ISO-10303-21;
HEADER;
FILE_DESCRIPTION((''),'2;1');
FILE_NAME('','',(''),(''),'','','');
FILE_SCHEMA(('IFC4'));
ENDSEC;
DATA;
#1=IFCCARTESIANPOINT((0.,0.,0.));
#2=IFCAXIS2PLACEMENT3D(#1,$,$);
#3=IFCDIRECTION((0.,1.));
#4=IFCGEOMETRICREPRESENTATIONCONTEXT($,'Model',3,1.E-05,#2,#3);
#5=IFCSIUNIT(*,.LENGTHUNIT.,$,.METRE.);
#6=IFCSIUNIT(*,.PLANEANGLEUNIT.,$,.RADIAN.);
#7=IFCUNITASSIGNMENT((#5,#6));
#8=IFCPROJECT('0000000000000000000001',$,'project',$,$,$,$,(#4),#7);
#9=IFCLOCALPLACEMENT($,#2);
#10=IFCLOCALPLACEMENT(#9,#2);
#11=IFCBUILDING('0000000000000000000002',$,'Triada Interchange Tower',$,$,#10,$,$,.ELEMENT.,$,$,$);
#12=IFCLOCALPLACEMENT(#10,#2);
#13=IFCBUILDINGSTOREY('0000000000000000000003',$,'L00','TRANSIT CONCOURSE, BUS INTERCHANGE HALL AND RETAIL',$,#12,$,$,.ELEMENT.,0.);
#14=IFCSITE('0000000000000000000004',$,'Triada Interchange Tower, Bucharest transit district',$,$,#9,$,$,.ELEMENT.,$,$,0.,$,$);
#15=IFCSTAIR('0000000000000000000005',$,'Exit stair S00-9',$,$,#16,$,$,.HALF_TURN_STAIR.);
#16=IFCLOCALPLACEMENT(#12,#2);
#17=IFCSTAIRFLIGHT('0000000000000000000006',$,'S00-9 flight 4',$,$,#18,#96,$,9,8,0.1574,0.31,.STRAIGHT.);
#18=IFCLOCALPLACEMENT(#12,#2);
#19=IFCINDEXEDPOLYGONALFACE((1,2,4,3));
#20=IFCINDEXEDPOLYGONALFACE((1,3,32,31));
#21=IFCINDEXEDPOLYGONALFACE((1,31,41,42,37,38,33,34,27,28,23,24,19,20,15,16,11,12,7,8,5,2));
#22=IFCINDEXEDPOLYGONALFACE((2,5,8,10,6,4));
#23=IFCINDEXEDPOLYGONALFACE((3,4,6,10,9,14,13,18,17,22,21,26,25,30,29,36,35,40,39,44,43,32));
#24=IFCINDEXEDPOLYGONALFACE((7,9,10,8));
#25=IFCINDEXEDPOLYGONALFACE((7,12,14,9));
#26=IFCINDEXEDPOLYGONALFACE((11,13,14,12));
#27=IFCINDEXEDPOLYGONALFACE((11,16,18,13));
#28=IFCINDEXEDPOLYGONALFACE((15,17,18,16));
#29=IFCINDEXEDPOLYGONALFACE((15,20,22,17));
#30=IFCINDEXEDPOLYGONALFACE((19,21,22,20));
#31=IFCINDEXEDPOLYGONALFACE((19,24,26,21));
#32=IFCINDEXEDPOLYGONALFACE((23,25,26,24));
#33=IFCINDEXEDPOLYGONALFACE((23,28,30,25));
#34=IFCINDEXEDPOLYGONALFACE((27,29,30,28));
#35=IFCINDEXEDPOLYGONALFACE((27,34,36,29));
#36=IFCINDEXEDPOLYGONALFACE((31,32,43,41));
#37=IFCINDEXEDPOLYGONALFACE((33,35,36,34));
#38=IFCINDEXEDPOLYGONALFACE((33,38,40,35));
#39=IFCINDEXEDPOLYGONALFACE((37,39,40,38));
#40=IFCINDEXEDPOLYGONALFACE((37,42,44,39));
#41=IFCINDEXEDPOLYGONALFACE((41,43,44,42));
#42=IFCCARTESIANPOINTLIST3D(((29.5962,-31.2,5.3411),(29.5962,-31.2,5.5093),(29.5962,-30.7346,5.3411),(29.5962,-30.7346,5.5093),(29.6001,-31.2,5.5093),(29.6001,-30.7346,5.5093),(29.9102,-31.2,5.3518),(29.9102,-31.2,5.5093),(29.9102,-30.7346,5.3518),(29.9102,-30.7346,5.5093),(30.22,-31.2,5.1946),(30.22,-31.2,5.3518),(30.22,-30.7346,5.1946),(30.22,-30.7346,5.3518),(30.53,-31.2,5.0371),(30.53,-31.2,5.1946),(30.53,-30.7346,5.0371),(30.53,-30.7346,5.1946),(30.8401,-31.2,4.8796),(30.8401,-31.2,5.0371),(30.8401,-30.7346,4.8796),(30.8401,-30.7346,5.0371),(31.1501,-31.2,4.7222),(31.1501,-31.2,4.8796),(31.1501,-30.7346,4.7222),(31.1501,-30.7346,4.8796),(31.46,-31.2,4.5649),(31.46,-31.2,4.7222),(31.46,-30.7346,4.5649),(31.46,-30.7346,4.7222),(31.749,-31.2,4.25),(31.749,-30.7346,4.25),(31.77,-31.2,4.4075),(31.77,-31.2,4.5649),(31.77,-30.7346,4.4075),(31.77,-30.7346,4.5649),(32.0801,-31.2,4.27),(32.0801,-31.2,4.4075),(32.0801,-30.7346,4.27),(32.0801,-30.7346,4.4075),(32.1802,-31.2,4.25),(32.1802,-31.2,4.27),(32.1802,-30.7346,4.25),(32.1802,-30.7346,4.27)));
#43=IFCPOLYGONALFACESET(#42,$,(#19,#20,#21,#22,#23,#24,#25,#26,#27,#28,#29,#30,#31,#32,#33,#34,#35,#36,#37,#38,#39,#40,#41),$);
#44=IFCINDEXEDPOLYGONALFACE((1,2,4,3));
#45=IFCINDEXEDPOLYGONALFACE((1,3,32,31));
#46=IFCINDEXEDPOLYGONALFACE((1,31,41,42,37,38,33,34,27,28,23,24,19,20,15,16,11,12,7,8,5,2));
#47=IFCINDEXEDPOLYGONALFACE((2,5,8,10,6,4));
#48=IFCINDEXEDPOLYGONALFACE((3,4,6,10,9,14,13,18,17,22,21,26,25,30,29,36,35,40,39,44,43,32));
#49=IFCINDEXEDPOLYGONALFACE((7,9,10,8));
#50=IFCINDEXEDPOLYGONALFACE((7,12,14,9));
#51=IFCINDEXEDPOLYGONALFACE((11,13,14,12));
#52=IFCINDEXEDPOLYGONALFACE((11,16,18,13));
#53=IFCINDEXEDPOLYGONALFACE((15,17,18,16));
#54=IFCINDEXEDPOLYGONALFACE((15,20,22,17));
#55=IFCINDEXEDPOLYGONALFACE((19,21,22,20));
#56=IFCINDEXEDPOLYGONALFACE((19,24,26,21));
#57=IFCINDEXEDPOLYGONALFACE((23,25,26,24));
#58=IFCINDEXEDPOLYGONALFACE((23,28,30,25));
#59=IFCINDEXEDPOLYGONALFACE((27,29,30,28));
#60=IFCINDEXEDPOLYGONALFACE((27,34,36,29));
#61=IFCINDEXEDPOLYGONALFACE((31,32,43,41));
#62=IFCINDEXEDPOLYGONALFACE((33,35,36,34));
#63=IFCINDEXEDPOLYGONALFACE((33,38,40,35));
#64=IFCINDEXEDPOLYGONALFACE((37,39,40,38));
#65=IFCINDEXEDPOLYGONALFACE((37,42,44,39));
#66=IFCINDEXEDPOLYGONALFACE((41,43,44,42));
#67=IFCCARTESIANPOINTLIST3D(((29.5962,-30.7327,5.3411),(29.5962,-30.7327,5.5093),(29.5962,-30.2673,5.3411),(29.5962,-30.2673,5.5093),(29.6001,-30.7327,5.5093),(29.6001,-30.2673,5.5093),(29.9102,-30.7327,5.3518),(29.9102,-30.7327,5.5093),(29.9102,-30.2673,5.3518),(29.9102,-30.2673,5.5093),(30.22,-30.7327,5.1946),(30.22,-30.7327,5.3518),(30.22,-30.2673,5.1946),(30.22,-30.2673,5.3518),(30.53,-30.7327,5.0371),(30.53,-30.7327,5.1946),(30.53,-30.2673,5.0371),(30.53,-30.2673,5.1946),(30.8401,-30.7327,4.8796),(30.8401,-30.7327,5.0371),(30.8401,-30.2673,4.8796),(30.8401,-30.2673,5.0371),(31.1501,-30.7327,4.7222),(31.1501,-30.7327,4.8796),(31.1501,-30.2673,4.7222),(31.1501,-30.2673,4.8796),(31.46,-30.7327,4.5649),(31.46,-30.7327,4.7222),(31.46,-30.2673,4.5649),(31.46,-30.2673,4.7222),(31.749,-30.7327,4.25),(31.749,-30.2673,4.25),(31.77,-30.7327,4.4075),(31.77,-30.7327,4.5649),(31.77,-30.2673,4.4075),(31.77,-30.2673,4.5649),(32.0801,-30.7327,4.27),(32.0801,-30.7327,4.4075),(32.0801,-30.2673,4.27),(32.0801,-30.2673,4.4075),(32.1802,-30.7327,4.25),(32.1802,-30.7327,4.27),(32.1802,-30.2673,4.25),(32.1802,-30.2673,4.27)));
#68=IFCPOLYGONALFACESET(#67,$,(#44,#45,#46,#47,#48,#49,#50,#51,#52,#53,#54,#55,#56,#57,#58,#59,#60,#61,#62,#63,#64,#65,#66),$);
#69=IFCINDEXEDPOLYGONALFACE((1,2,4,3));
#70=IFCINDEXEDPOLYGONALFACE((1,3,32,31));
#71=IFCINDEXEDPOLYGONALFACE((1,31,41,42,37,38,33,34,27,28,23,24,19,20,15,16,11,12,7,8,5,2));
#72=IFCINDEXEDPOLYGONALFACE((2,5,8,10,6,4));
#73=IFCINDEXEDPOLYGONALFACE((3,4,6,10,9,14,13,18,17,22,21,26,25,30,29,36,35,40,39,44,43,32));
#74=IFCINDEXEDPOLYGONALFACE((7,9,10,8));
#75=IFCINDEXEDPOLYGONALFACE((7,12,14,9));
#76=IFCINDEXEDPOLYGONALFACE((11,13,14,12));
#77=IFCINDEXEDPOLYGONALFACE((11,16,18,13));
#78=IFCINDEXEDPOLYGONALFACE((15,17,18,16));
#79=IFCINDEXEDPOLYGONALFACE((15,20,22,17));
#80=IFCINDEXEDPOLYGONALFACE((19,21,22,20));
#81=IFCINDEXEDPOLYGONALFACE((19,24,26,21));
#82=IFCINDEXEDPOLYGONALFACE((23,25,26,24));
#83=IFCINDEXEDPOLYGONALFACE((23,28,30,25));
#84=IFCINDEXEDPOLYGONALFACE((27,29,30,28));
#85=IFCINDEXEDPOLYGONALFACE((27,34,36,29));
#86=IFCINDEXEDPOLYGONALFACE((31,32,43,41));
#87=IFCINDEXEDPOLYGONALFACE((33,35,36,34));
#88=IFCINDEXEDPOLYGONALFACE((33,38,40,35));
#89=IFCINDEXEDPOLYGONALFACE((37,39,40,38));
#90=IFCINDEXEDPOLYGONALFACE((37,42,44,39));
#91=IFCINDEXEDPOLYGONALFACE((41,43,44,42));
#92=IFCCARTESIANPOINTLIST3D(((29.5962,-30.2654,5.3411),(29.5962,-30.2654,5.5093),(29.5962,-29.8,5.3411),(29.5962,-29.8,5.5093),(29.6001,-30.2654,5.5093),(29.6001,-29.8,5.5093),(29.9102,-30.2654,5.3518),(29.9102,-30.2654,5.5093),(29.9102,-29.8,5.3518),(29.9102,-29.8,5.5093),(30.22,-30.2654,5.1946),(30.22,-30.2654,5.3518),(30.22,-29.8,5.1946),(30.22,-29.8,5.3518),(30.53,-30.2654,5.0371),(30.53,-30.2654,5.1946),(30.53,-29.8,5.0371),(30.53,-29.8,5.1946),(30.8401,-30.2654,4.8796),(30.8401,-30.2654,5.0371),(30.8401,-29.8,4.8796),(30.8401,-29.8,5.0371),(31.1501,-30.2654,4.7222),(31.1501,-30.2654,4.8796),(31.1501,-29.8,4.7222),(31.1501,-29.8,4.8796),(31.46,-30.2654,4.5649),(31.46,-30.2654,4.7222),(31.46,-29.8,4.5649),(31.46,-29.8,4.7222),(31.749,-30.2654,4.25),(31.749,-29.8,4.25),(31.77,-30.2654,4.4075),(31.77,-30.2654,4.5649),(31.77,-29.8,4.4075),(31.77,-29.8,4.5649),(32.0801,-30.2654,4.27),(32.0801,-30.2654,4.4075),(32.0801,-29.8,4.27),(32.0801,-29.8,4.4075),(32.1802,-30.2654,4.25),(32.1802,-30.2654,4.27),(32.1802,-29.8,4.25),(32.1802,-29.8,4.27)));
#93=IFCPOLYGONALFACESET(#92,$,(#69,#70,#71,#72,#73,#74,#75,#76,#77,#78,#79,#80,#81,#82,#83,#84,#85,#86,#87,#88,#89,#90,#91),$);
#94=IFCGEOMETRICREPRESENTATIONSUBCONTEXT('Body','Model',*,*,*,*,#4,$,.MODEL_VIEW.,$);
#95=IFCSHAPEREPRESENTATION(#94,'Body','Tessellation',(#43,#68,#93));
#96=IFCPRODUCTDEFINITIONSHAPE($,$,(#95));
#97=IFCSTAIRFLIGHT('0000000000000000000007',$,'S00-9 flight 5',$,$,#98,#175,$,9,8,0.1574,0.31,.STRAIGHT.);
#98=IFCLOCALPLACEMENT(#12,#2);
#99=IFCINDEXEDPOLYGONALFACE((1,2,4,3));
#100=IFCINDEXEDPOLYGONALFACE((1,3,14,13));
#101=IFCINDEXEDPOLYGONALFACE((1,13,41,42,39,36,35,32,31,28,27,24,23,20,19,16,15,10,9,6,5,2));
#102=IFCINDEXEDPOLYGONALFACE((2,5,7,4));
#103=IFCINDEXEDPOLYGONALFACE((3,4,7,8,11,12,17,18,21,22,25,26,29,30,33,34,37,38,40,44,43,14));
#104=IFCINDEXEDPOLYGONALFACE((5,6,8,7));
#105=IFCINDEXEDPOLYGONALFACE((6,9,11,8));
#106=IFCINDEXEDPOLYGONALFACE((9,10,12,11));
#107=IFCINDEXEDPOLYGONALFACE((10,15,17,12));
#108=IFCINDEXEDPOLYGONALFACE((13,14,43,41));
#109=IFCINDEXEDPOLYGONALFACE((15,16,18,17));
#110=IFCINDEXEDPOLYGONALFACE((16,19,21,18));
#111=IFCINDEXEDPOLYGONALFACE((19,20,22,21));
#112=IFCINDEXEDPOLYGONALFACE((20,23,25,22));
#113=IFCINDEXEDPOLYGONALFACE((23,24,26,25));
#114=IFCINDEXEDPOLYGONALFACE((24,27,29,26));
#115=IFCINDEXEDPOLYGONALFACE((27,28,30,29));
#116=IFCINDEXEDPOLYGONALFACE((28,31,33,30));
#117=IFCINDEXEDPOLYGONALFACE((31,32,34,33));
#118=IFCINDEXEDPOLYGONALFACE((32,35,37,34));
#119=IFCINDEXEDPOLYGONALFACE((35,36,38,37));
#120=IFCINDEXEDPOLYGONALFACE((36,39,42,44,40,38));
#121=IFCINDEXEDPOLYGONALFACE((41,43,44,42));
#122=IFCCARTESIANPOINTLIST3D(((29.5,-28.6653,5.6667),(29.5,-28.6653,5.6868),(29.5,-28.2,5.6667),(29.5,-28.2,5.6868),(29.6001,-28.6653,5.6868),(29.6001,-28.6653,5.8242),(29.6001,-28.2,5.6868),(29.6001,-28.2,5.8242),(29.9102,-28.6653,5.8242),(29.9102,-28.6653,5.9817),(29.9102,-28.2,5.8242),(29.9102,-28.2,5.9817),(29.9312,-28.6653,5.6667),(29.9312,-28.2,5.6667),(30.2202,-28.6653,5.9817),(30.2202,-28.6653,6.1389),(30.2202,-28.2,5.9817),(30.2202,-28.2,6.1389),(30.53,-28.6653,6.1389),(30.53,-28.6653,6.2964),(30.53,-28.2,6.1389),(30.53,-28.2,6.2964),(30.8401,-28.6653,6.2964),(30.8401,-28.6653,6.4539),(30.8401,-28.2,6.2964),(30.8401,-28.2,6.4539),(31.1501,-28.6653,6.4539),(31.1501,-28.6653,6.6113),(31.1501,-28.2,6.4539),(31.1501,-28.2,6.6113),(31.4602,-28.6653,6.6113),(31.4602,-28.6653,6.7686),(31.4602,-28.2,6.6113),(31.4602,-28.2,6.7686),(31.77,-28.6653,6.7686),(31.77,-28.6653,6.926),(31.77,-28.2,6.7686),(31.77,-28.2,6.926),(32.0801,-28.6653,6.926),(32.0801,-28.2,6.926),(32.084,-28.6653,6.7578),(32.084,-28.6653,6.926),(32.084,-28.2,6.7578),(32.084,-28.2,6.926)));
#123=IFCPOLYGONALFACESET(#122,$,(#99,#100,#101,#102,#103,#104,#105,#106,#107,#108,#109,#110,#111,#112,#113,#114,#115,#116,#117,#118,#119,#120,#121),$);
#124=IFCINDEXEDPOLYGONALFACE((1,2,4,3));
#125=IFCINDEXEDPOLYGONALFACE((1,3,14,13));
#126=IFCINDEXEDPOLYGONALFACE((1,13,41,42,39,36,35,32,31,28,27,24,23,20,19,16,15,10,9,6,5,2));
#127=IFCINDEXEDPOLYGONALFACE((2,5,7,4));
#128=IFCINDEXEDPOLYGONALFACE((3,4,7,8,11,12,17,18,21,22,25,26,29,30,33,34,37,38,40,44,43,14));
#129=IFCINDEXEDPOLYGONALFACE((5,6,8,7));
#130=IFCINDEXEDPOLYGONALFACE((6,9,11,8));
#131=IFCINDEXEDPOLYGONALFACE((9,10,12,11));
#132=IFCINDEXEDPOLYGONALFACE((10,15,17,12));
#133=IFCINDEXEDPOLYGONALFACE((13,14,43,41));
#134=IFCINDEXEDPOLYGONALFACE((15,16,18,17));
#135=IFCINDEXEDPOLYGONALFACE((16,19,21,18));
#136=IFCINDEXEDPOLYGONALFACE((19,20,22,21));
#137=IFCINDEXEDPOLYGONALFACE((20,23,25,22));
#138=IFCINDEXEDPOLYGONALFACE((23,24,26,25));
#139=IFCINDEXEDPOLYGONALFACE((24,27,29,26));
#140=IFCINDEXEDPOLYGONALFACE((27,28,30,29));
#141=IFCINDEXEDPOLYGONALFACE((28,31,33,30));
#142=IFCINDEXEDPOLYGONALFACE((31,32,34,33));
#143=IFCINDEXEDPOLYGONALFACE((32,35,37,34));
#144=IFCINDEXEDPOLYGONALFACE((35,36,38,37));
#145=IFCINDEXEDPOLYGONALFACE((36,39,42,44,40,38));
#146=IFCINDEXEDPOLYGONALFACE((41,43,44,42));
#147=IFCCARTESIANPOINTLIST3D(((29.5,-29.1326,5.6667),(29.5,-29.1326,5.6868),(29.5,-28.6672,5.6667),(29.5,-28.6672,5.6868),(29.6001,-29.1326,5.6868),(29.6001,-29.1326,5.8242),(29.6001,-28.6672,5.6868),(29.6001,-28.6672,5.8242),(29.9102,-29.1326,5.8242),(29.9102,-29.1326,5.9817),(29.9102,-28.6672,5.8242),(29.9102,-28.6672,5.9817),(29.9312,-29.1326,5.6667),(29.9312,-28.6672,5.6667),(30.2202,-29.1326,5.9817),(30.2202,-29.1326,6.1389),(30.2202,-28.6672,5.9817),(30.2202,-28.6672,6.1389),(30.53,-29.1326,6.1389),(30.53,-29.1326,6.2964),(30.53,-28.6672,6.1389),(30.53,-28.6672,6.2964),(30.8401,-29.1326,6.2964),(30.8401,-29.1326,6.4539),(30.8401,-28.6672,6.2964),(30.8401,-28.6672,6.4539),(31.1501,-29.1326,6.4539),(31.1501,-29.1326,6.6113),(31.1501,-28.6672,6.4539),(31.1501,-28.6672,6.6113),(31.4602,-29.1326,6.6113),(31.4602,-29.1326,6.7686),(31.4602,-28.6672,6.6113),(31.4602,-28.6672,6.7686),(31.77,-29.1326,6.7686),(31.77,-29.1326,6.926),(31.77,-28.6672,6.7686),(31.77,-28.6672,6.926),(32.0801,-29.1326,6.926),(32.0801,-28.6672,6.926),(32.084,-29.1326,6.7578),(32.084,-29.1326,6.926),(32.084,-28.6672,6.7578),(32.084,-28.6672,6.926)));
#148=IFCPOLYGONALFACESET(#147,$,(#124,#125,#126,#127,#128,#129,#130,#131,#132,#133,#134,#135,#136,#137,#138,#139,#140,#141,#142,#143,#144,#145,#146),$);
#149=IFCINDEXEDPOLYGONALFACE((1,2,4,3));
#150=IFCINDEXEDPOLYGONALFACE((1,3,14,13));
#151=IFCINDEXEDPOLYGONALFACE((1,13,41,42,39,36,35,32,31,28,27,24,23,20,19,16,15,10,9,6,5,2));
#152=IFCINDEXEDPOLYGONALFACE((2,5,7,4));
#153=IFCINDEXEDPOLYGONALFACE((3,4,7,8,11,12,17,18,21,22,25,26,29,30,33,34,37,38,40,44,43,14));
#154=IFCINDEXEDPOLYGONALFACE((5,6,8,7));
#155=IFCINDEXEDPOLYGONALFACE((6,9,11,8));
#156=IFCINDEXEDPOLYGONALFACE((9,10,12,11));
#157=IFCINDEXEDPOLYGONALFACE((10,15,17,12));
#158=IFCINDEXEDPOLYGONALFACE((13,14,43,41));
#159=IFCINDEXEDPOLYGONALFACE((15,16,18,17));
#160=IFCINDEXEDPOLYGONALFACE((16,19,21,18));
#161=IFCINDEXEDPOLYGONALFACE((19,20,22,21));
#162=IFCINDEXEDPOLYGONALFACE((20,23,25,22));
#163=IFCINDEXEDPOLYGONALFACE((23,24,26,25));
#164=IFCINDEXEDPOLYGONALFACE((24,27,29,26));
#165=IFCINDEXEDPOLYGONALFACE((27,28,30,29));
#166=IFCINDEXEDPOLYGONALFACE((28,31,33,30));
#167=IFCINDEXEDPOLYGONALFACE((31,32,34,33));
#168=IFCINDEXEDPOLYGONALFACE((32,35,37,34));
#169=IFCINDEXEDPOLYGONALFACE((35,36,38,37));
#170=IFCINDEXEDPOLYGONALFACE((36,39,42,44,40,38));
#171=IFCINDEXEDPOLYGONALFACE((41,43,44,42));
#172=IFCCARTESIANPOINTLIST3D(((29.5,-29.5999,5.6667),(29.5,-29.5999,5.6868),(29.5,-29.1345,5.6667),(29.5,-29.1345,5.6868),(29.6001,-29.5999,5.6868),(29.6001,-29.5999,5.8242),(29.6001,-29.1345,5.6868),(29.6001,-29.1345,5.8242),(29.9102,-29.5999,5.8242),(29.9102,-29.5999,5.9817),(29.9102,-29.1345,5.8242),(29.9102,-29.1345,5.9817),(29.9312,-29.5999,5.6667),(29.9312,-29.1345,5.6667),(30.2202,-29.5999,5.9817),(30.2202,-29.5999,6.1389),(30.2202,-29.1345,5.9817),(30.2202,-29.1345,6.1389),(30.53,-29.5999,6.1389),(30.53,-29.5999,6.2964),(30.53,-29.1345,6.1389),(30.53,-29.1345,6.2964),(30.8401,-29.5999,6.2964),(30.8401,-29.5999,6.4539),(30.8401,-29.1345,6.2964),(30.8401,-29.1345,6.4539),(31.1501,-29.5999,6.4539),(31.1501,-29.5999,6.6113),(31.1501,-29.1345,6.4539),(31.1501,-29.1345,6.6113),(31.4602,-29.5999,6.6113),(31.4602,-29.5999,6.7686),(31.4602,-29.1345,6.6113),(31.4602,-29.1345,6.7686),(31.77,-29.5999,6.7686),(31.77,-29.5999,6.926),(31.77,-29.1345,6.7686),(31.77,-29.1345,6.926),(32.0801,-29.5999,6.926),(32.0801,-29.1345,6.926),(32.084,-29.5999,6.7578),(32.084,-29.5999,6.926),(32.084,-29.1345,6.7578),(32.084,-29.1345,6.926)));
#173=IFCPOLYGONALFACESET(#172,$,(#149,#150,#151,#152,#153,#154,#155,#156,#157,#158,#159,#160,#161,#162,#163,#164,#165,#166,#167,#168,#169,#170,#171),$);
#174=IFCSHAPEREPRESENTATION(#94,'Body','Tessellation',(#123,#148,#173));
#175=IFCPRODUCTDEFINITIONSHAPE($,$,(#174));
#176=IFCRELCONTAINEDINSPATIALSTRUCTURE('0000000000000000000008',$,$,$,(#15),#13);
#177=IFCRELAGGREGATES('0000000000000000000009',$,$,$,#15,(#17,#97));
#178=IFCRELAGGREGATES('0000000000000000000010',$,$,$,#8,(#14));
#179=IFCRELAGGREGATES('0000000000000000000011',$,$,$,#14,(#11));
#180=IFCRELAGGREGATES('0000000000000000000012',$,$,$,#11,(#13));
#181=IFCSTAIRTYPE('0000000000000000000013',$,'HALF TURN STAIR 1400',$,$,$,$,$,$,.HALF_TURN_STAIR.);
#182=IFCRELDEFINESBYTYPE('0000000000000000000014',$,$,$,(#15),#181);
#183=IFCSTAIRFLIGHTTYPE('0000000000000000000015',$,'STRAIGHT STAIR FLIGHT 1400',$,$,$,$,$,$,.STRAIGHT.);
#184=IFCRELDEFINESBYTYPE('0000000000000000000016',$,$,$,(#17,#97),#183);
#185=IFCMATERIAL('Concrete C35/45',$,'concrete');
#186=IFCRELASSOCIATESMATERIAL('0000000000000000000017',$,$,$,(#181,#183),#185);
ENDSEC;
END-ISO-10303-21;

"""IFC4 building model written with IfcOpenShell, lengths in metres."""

from ifc_helpers import new_model, si_unit, direction, frame, origin, place, context, subcontext, project, spatial, polyline, outline, extrude, material, type_object, element, aggregate, save


model = new_model("IFC4")

# Units and contexts
model_context = context("Model", 3, precision=1e-05, world=origin(), true_north=direction((0.0, 1.0)))
body_context = subcontext(model_context, "Body", "Model", "MODEL_VIEW")
ifc_project = project(units=[si_unit("LENGTHUNIT", "METRE"), si_unit("PLANEANGLEUNIT", "RADIAN")], contexts=[model_context])

# Site, building, storey
site_placement = place(None, origin())
site = spatial("IfcSite", under=ifc_project, at=site_placement, Name="Triada Interchange Tower, Bucharest transit district", CompositionType="ELEMENT", RefElevation=0.0)
building_placement = place(site_placement, origin())
building = spatial("IfcBuilding", under=site, at=building_placement, Name="Triada Interchange Tower", CompositionType="ELEMENT")
storey_placement = place(building_placement, origin())
storey = spatial("IfcBuildingStorey", under=building, at=storey_placement, Name="L00", Description="TRANSIT CONCOURSE, BUS INTERCHANGE HALL AND RETAIL", CompositionType="ELEMENT", Elevation=0.0)

# Stair, stair flights
ifc_material_1 = material(Name="Concrete C35/45", Category="concrete")
stair_type = type_object("IfcStairType", Name="HALF TURN STAIR 1400", PredefinedType="HALF_TURN_STAIR", material=ifc_material_1)
stair_placement = place(storey_placement, origin())
stair = element("IfcStair", 1, at=stair_placement, inside=storey, type_object=stair_type, Name="Exit stair S00-9", PredefinedType="HALF_TURN_STAIR")
stair_flight_type = type_object("IfcStairFlightType", Name="STRAIGHT STAIR FLIGHT 1400", PredefinedType="STRAIGHT", material=ifc_material_1)
stair_flight_1_placement = place(storey_placement, frame((32.0801, -30.5, 4.25), z_axis=(0.0, 0.0, 1.0), x_axis=(-1.0, 0.0, 0.0)))
stair_flight_1 = element("IfcStairFlight", 2, at=stair_flight_1_placement, type_object=stair_flight_type, Name="S00-9 flight 4", NumberOfRisers=9, NumberOfTreads=8, PredefinedType="STRAIGHT", RiserHeight=0.1574, TreadLength=0.31, context=body_context, shape_type="SweptSolid", body=[
    extrude(outline(polyline([(-0.1001, 0.0), (-0.1001, 0.02), (0.0, 0.02), (0.0, 0.1575), (0.3101, 0.1575), (0.3101, 0.3149), (0.6201, 0.3149), (0.6201, 0.4722), (0.9299, 0.4722), (0.9299, 0.6296), (1.24, 0.6296), (1.24, 0.7871), (1.55, 0.7871), (1.55, 0.9446), (1.8601, 0.9446), (1.8601, 1.1018), (2.1699, 1.1018), (2.1699, 1.2593), (2.48, 1.2593), (2.4839, 1.2593), (2.4839, 1.4167), (2.4839, 1.0911), (0.3311, 0.0), (-0.1001, 0.0)])), frame((0.0, 0.7, 0.0), z_axis=(0.0, -1.0, 0.0), x_axis=(1.0, 0.0, 0.0)), (0.0, 0.0, 1.0), 0.4653),
    extrude(outline(polyline([(-0.1001, 0.0), (-0.1001, 0.02), (0.0, 0.02), (0.0, 0.1575), (0.3101, 0.1575), (0.3101, 0.3149), (0.6201, 0.3149), (0.6201, 0.4722), (0.9299, 0.4722), (0.9299, 0.6296), (1.24, 0.6296), (1.24, 0.7871), (1.55, 0.7871), (1.55, 0.9446), (1.8601, 0.9446), (1.8601, 1.1018), (2.1699, 1.1018), (2.1699, 1.2593), (2.48, 1.2593), (2.4839, 1.2593), (2.4839, 1.4167), (2.4839, 1.0911), (0.3311, 0.0), (-0.1001, 0.0)])), frame((0.0, 0.2327, 0.0), z_axis=(0.0, -1.0, 0.0), x_axis=(1.0, 0.0, 0.0)), (0.0, 0.0, 1.0), 0.4653),
    extrude(outline(polyline([(-0.1001, 0.0), (-0.1001, 0.02), (0.0, 0.02), (0.0, 0.1575), (0.3101, 0.1575), (0.3101, 0.3149), (0.6201, 0.3149), (0.6201, 0.4722), (0.9299, 0.4722), (0.9299, 0.6296), (1.24, 0.6296), (1.24, 0.7871), (1.55, 0.7871), (1.55, 0.9446), (1.8601, 0.9446), (1.8601, 1.1018), (2.1699, 1.1018), (2.1699, 1.2593), (2.48, 1.2593), (2.4839, 1.2593), (2.4839, 1.4167), (2.4839, 1.0911), (0.3311, 0.0), (-0.1001, 0.0)])), frame((0.0, -0.2346, 0.0), z_axis=(0.0, -1.0, 0.0), x_axis=(1.0, 0.0, 0.0)), (0.0, 0.0, 1.0), 0.4653),
])
stair_flight_2_placement = place(storey_placement, frame((29.6001, -28.8999, 5.6667), z_axis=(0.0, 0.0, 1.0), x_axis=(1.0, 0.0, 0.0)))
stair_flight_2 = element("IfcStairFlight", 3, at=stair_flight_2_placement, type_object=stair_flight_type, Name="S00-9 flight 5", NumberOfRisers=9, NumberOfTreads=8, PredefinedType="STRAIGHT", RiserHeight=0.1574, TreadLength=0.31, context=body_context, shape_type="SweptSolid", body=[
    extrude(outline(polyline([(-0.1001, 0.0), (-0.1001, 0.02), (0.0, 0.02), (0.0, 0.1575), (0.3101, 0.1575), (0.3101, 0.3149), (0.6201, 0.3149), (0.6201, 0.4722), (0.9299, 0.4722), (0.9299, 0.6296), (1.24, 0.6296), (1.24, 0.7871), (1.55, 0.7871), (1.55, 0.9446), (1.8601, 0.9446), (1.8601, 1.1018), (2.1699, 1.1018), (2.1699, 1.2593), (2.48, 1.2593), (2.4839, 1.2593), (2.4839, 1.4167), (2.4839, 1.0911), (0.3311, 0.0), (-0.1001, 0.0)])), frame((0.0, 0.7, 0.0), z_axis=(0.0, -1.0, 0.0), x_axis=(1.0, 0.0, 0.0)), (0.0, 0.0, 1.0), 0.4653),
    extrude(outline(polyline([(-0.1001, 0.0), (-0.1001, 0.02), (0.0, 0.02), (0.0, 0.1575), (0.3101, 0.1575), (0.3101, 0.3149), (0.6201, 0.3149), (0.6201, 0.4722), (0.9299, 0.4722), (0.9299, 0.6296), (1.24, 0.6296), (1.24, 0.7871), (1.55, 0.7871), (1.55, 0.9446), (1.8601, 0.9446), (1.8601, 1.1018), (2.1699, 1.1018), (2.1699, 1.2593), (2.48, 1.2593), (2.4839, 1.2593), (2.4839, 1.4167), (2.4839, 1.0911), (0.3311, 0.0), (-0.1001, 0.0)])), frame((0.0, 0.2327, 0.0), z_axis=(0.0, -1.0, 0.0), x_axis=(1.0, 0.0, 0.0)), (0.0, 0.0, 1.0), 0.4653),
    extrude(outline(polyline([(-0.1001, 0.0), (-0.1001, 0.02), (0.0, 0.02), (0.0, 0.1575), (0.3101, 0.1575), (0.3101, 0.3149), (0.6201, 0.3149), (0.6201, 0.4722), (0.9299, 0.4722), (0.9299, 0.6296), (1.24, 0.6296), (1.24, 0.7871), (1.55, 0.7871), (1.55, 0.9446), (1.8601, 0.9446), (1.8601, 1.1018), (2.1699, 1.1018), (2.1699, 1.2593), (2.48, 1.2593), (2.4839, 1.2593), (2.4839, 1.4167), (2.4839, 1.0911), (0.3311, 0.0), (-0.1001, 0.0)])), frame((0.0, -0.2346, 0.0), z_axis=(0.0, -1.0, 0.0), x_axis=(1.0, 0.0, 0.0)), (0.0, 0.0, 1.0), 0.4653),
])
aggregate(stair, [stair_flight_1, stair_flight_2])

save(model, "model.ifc")
